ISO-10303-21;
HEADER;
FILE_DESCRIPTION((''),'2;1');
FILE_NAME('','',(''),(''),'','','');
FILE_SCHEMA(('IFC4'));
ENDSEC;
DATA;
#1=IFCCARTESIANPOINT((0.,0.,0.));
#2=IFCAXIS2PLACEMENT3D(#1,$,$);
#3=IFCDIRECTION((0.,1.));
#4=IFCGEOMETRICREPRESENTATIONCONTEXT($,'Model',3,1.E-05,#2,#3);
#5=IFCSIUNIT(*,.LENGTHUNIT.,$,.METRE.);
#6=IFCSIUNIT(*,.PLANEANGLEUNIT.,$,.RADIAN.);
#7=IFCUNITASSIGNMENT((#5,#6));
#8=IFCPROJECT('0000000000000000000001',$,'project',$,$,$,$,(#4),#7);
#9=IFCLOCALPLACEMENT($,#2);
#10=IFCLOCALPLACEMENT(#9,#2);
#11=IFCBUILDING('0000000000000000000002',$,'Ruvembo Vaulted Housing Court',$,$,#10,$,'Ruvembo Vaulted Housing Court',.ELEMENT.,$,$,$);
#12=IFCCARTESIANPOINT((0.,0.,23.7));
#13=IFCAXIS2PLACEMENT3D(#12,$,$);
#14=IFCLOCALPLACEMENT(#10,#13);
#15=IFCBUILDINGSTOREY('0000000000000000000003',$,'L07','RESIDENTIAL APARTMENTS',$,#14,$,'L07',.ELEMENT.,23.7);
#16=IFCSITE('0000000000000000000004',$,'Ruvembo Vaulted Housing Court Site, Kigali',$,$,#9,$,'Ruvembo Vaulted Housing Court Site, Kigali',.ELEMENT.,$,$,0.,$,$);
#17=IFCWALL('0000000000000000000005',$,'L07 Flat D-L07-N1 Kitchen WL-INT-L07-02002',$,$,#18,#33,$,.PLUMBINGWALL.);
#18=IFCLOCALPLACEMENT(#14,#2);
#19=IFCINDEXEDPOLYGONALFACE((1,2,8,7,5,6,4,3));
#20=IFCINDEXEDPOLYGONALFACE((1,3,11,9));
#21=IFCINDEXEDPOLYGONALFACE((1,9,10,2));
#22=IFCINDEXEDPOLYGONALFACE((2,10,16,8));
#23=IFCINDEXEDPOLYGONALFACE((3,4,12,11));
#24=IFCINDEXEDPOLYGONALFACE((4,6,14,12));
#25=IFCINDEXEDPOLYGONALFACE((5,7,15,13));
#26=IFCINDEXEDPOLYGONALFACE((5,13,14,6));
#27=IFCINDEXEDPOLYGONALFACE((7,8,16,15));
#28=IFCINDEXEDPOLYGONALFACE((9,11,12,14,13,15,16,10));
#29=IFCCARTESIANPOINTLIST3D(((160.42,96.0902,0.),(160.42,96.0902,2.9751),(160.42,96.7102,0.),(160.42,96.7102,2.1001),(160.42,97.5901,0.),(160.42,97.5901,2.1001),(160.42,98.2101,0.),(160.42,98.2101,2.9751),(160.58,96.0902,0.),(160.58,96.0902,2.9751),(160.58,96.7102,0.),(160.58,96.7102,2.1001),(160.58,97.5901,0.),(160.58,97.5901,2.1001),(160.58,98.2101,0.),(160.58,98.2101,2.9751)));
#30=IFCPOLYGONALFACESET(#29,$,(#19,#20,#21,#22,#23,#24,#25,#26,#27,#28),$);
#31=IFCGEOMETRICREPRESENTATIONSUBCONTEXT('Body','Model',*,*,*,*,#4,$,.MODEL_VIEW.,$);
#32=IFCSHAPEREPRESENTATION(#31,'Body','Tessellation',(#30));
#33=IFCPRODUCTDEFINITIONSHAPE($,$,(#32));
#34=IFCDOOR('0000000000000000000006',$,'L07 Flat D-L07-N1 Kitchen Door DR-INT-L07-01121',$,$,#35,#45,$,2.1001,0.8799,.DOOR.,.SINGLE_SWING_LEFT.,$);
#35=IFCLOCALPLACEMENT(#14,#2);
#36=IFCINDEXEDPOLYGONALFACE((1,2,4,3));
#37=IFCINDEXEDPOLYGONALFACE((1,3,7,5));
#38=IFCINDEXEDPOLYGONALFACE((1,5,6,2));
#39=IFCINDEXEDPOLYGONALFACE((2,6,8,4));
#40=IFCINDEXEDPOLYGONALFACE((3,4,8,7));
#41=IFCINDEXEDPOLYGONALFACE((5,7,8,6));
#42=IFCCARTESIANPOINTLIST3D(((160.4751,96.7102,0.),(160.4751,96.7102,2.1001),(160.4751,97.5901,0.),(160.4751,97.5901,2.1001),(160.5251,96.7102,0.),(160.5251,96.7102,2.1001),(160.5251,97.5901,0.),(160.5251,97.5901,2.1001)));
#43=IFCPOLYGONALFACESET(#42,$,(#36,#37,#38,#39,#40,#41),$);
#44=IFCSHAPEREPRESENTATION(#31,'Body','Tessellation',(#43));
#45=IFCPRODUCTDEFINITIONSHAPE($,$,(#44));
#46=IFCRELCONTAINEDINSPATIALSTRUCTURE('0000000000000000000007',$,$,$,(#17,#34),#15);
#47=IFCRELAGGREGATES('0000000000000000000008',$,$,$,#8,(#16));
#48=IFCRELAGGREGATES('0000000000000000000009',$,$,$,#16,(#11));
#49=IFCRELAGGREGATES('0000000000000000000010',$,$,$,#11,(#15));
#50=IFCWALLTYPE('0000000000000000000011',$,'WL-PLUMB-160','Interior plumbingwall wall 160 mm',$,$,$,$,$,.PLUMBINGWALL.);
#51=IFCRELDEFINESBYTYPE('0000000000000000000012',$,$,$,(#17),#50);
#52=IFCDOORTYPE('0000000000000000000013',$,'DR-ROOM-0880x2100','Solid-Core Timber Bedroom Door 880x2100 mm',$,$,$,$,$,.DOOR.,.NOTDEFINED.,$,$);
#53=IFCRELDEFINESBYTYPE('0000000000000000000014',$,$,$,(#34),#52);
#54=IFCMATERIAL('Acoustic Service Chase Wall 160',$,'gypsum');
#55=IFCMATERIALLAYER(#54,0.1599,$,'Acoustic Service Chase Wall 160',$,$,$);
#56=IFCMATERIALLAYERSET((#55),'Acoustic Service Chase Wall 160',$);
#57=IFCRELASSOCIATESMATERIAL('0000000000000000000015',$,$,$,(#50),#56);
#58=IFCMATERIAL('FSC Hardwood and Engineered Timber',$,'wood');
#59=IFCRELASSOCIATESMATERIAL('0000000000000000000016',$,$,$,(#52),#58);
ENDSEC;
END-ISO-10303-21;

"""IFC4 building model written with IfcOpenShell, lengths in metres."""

from ifc_helpers import new_model, si_unit, direction, frame, frame_2d, origin, place, context, subcontext, project, spatial, rectangle, extrude, material, layer, layer_set, type_object, element, fill, save


model = new_model("IFC4")

# Units and contexts
model_context = context("Model", 3, precision=1e-05, world=origin(), true_north=direction((0.0, 1.0)))
body_context = subcontext(model_context, "Body", "Model", "MODEL_VIEW")
ifc_project = project(units=[si_unit("LENGTHUNIT", "METRE"), si_unit("PLANEANGLEUNIT", "RADIAN")], contexts=[model_context])

# Site, building, storey
site_placement = place(None, origin())
site = spatial("IfcSite", under=ifc_project, at=site_placement, Name="Ruvembo Vaulted Housing Court Site, Kigali", LongName="Ruvembo Vaulted Housing Court Site, Kigali", CompositionType="ELEMENT", RefElevation=0.0)
building_placement = place(site_placement, origin())
building = spatial("IfcBuilding", under=site, at=building_placement, Name="Ruvembo Vaulted Housing Court", LongName="Ruvembo Vaulted Housing Court", CompositionType="ELEMENT")
storey_placement = place(building_placement, frame((0.0, 0.0, 23.7)))
storey = spatial("IfcBuildingStorey", under=building, at=storey_placement, Name="L07", Description="RESIDENTIAL APARTMENTS", LongName="L07", CompositionType="ELEMENT", Elevation=23.7)

# Shared definitions
ifc_material_1 = material(Name="FSC Hardwood and Engineered Timber", Category="wood")

# Wall, opening, door
ifc_material_2 = material(Name="Acoustic Service Chase Wall 160", Category="gypsum")
ifc_layer_1 = layer(ifc_material_2, 0.1599, Name="Acoustic Service Chase Wall 160")
ifc_layer_set_1 = layer_set([ifc_layer_1], Name="Acoustic Service Chase Wall 160")
wall_type_1 = type_object("IfcWallType", Name="WL-PLUMB-160", Description="Interior plumbingwall wall 160 mm", PredefinedType="PLUMBINGWALL", material=ifc_layer_set_1)
wall_1_placement = place(storey_placement, frame((160.5, 96.0901, 0.0), z_axis=(0.0, 0.0, 1.0), x_axis=(0.0, 1.0, 0.0)))
wall_1 = element("IfcWall", 1, at=wall_1_placement, inside=storey, type_object=wall_type_1, Name="L07 Flat D-L07-N1 Kitchen WL-INT-L07-02002", PredefinedType="PLUMBINGWALL", context=body_context, shape_type="SweptSolid", body=[
    extrude(rectangle(XDim=2.1199, YDim=0.1599, at=frame_2d((1.0601, 0.0))), origin(), (0.0, 0.0, 1.0), 2.9751),
])
opening_1_placement = place(wall_1_placement, frame((0.6201, 0.0, 0.0)))
opening_1 = element("IfcOpeningElement", 2, at=opening_1_placement, cuts=wall_1, PredefinedType="OPENING", context=body_context, shape_type="SweptSolid", body=[
    extrude(rectangle(XDim=0.8799, YDim=2.1001, at=frame_2d((0.4399, 1.05))), frame((0.0, 0.0898, 0.0), z_axis=(0.0, -1.0, 0.0), x_axis=(1.0, 0.0, 0.0)), (0.0, 0.0, 1.0), 0.1799),
])
door_type_1 = type_object("IfcDoorType", Name="DR-ROOM-0880x2100", Description="Solid-Core Timber Bedroom Door 880x2100 mm", OperationType="NOTDEFINED", PredefinedType="DOOR", material=ifc_material_1)
door_1_placement = place(opening_1_placement, origin())
door_1 = element("IfcDoor", 3, at=door_1_placement, inside=storey, type_object=door_type_1, Name="L07 Flat D-L07-N1 Kitchen Door DR-INT-L07-01121", OperationType="SINGLE_SWING_LEFT", OverallHeight=2.1001, OverallWidth=0.8799, PredefinedType="DOOR", context=body_context, shape_type="SweptSolid", body=[
    extrude(rectangle(XDim=0.8799, YDim=2.1001, at=frame_2d((0.4399, 1.05))), frame((0.0, 0.0249, 0.0), z_axis=(0.0, -1.0, 0.0), x_axis=(1.0, 0.0, 0.0)), (0.0, 0.0, 1.0), 0.05),
])
fill(opening_1, door_1)

save(model, "model.ifc")
